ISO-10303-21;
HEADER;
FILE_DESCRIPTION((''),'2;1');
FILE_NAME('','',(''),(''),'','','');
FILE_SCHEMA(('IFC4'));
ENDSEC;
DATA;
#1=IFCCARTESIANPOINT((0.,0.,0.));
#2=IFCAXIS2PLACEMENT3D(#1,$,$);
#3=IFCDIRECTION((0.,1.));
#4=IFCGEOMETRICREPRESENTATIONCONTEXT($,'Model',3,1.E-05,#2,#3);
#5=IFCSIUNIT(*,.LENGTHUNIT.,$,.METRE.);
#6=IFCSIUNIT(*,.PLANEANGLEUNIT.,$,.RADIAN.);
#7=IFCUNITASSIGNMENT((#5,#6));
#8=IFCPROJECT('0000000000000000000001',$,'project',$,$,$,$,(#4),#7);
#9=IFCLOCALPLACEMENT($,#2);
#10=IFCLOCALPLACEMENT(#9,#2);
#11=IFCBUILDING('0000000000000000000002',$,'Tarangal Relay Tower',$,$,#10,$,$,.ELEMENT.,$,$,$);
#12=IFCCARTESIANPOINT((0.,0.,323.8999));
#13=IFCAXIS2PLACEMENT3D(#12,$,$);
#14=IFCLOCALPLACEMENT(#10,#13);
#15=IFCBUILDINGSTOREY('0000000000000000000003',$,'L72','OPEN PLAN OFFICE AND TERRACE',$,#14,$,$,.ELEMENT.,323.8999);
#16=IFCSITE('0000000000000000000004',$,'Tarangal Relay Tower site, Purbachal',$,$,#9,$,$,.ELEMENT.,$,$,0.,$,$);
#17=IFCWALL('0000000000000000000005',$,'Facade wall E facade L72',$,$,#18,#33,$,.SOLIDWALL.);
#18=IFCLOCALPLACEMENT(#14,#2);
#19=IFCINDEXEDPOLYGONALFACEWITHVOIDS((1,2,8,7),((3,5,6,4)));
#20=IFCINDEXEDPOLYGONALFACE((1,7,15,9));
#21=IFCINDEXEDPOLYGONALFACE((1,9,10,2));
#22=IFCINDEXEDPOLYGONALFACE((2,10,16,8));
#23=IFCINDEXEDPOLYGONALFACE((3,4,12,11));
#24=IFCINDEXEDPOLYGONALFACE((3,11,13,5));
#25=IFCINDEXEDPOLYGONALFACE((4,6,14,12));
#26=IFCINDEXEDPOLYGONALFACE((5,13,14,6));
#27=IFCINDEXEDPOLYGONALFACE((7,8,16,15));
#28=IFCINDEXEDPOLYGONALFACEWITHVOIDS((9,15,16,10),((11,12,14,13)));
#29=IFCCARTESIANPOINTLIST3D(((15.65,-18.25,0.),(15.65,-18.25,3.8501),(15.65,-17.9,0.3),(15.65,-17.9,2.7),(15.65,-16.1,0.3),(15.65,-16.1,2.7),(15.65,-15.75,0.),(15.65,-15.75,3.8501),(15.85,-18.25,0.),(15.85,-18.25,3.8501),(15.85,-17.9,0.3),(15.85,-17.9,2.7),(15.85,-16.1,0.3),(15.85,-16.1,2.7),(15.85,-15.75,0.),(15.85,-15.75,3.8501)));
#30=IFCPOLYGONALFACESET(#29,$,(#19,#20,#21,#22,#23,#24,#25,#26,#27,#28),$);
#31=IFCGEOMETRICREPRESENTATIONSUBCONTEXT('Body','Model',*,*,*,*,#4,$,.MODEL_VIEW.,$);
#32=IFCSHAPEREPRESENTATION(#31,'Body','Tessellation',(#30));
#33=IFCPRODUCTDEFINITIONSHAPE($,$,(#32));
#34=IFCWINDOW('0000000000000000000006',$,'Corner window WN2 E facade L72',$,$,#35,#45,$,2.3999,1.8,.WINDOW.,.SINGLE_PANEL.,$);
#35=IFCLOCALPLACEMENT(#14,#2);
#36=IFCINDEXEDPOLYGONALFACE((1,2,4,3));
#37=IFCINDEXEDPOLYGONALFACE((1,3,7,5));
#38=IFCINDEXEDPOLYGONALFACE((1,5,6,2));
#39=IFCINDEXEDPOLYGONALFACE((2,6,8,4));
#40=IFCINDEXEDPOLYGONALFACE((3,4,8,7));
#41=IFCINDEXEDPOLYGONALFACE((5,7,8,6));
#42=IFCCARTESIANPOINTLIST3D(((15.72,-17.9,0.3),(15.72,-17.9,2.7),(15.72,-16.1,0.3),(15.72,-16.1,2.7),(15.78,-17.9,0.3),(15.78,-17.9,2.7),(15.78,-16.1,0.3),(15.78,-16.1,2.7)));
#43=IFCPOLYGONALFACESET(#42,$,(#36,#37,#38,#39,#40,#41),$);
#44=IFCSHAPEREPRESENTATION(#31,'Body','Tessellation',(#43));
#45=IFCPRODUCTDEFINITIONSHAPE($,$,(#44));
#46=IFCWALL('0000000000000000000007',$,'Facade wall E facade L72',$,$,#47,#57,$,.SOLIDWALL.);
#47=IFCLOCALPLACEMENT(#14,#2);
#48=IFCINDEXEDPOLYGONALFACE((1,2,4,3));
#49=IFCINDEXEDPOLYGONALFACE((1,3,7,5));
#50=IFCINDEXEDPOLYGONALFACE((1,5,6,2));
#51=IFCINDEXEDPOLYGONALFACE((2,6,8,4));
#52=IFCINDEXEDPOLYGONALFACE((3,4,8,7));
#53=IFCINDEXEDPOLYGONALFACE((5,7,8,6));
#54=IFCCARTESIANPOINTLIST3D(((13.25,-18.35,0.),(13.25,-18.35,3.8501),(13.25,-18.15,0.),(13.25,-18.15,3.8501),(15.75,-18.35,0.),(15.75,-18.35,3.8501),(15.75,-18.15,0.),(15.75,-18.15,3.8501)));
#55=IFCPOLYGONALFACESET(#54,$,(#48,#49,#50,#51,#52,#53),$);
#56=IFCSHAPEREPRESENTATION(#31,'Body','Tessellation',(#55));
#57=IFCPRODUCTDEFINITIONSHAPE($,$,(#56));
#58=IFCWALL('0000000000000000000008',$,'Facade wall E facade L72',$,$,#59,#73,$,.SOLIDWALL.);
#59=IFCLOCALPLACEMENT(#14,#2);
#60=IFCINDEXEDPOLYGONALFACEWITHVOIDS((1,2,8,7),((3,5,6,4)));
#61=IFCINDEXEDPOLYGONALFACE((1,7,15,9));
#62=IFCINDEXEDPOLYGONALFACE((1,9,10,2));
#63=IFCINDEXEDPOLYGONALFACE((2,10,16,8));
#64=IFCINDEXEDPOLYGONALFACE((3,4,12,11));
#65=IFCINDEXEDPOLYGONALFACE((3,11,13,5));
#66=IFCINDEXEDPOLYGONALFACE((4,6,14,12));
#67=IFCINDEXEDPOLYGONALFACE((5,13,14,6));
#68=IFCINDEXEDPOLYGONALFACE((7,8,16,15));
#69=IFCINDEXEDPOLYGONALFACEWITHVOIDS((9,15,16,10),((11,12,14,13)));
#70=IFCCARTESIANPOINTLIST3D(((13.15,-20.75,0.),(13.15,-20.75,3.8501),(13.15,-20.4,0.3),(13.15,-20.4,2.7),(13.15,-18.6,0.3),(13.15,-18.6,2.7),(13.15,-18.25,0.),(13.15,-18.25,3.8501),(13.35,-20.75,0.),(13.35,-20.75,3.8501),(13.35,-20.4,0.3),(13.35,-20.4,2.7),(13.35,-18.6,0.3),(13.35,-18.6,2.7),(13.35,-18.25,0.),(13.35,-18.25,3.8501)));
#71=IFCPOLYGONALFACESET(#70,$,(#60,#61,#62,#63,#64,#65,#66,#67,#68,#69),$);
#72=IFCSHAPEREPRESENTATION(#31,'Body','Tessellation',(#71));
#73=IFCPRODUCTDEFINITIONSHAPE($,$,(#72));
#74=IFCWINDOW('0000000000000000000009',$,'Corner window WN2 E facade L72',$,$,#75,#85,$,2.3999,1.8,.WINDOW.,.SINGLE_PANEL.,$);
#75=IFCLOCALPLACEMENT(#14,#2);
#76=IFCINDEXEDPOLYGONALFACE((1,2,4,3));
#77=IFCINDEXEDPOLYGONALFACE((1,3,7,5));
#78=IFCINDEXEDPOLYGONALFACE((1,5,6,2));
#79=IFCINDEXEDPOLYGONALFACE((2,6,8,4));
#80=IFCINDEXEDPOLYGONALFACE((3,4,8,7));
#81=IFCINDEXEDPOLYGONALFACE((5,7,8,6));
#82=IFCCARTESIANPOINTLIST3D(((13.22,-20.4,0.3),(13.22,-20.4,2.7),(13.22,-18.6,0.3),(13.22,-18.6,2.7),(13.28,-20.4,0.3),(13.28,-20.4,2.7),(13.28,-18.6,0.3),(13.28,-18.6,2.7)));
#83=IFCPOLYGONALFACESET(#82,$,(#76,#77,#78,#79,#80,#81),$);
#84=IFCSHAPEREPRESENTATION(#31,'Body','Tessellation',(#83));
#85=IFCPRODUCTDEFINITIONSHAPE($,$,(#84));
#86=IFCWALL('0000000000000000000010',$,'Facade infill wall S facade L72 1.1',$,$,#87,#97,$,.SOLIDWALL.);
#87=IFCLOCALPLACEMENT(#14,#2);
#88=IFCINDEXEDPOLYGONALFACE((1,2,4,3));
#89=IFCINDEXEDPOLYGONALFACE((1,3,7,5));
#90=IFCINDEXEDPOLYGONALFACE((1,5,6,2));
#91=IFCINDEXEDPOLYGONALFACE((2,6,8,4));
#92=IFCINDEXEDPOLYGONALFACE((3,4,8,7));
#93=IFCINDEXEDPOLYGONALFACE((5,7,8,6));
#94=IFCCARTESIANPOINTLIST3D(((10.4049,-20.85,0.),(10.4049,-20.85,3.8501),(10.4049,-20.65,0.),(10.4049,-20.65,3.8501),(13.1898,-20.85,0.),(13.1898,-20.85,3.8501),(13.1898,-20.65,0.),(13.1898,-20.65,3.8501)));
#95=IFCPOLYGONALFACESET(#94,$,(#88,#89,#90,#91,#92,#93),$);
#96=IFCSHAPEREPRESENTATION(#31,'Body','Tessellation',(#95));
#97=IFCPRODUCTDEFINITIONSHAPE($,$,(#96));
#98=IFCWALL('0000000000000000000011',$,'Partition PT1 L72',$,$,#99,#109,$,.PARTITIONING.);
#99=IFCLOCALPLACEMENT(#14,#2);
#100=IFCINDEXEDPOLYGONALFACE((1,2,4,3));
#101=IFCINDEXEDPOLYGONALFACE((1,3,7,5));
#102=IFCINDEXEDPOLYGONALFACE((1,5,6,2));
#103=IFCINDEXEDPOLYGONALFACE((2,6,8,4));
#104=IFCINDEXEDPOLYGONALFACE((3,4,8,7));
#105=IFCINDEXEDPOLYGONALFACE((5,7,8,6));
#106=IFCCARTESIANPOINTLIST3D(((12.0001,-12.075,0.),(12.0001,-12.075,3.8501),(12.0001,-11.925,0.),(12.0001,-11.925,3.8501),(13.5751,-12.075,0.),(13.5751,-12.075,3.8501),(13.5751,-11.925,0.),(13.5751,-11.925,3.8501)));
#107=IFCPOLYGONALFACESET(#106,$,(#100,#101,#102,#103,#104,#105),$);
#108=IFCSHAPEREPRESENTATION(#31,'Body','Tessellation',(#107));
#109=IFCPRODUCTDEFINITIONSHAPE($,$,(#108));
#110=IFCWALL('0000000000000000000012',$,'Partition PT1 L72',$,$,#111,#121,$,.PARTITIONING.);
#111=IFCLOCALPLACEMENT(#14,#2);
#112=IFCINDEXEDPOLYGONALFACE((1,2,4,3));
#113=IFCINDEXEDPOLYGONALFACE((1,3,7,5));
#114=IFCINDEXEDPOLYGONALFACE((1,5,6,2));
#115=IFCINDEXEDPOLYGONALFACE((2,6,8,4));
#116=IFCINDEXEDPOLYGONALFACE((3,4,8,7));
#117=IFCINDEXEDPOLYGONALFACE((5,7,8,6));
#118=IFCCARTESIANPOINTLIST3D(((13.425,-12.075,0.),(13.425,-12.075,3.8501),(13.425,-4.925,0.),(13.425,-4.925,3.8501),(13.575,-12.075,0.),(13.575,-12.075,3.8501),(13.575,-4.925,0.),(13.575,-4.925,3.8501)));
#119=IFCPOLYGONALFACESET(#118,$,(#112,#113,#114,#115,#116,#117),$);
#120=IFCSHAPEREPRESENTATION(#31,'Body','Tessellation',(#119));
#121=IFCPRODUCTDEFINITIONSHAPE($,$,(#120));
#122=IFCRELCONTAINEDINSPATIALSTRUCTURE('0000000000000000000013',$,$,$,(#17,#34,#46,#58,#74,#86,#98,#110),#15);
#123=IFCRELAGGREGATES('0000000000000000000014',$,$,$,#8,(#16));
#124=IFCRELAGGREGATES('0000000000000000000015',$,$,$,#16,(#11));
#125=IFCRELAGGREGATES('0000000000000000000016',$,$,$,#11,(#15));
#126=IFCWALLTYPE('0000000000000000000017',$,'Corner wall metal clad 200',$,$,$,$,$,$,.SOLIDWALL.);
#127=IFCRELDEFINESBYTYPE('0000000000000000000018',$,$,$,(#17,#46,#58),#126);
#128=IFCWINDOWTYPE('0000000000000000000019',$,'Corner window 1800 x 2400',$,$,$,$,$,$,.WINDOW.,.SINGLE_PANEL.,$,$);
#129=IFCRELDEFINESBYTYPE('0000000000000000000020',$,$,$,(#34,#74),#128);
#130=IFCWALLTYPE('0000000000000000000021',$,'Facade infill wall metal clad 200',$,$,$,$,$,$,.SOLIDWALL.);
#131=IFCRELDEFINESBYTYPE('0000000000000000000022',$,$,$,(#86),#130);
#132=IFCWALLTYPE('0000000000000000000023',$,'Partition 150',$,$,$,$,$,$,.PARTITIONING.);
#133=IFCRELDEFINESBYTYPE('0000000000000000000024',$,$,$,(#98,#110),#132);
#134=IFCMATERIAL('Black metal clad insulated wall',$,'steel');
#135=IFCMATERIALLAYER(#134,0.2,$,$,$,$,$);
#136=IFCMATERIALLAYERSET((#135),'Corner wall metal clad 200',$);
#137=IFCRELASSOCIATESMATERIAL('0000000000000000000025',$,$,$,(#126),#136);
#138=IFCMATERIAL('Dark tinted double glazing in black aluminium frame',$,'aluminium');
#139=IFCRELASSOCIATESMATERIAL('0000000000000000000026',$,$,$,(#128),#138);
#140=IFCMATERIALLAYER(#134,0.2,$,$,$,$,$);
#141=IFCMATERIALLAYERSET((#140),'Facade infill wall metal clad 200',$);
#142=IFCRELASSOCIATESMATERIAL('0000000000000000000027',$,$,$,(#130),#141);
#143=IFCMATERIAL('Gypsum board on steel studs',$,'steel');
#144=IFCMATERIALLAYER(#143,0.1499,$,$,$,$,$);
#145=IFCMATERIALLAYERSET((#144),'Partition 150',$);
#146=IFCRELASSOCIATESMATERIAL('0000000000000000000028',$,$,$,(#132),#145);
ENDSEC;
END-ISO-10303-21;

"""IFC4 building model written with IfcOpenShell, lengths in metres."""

from ifc_helpers import new_model, si_unit, direction, frame, frame_2d, origin, place, context, subcontext, project, spatial, rectangle, extrude, material, layer, layer_set, type_object, element, fill, save


model = new_model("IFC4")

# Units and contexts
model_context = context("Model", 3, precision=1e-05, world=origin(), true_north=direction((0.0, 1.0)))
body_context = subcontext(model_context, "Body", "Model", "MODEL_VIEW")
ifc_project = project(units=[si_unit("LENGTHUNIT", "METRE"), si_unit("PLANEANGLEUNIT", "RADIAN")], contexts=[model_context])

# Site, building, storey
site_placement = place(None, origin())
site = spatial("IfcSite", under=ifc_project, at=site_placement, Name="Tarangal Relay Tower site, Purbachal", CompositionType="ELEMENT", RefElevation=0.0)
building_placement = place(site_placement, origin())
building = spatial("IfcBuilding", under=site, at=building_placement, Name="Tarangal Relay Tower", CompositionType="ELEMENT")
storey_placement = place(building_placement, frame((0.0, 0.0, 323.8999)))
storey = spatial("IfcBuildingStorey", under=building, at=storey_placement, Name="L72", Description="OPEN PLAN OFFICE AND TERRACE", CompositionType="ELEMENT", Elevation=323.8999)

# Shared definitions
ifc_material_1 = material(Name="Black metal clad insulated wall", Category="steel")
ifc_layer_1 = layer(ifc_material_1, 0.2)
ifc_layer_set_1 = layer_set([ifc_layer_1], Name="Corner wall metal clad 200")
wall_type_1 = type_object("IfcWallType", Name="Corner wall metal clad 200", PredefinedType="SOLIDWALL", material=ifc_layer_set_1)

# Shared definitions
ifc_material_2 = material(Name="Dark tinted double glazing in black aluminium frame", Category="aluminium")
window_type = type_object("IfcWindowType", Name="Corner window 1800 x 2400", PartitioningType="SINGLE_PANEL", PredefinedType="WINDOW", material=ifc_material_2)

# Wall, opening, window
wall_1_placement = place(storey_placement, frame((15.75, -15.75, 0.0), z_axis=(0.0, 0.0, 1.0), x_axis=(0.0, -1.0, 0.0)))
wall_1 = element("IfcWall", 1, at=wall_1_placement, inside=storey, type_object=wall_type_1, Name="Facade wall E facade L72", PredefinedType="SOLIDWALL", context=body_context, shape_type="SweptSolid", body=[
    extrude(rectangle(XDim=2.5, YDim=0.2, at=frame_2d((1.25, 0.0))), origin(), (0.0, 0.0, 1.0), 3.8501),
])
opening_1_placement = place(wall_1_placement, frame((0.3501, 0.0, 0.3)))
opening_1 = element("IfcOpeningElement", 2, at=opening_1_placement, cuts=wall_1, PredefinedType="OPENING", context=body_context, shape_type="SweptSolid", body=[
    extrude(rectangle(XDim=1.8, YDim=2.3999, at=frame_2d((0.8999, 1.2))), frame((0.0, 0.1099, 0.0), z_axis=(0.0, -1.0, 0.0), x_axis=(1.0, 0.0, 0.0)), (0.0, 0.0, 1.0), 0.22),
])
window_1_placement = place(opening_1_placement, origin())
window_1 = element("IfcWindow", 3, at=window_1_placement, inside=storey, type_object=window_type, Name="Corner window WN2 E facade L72", OverallHeight=2.3999, OverallWidth=1.8, PartitioningType="SINGLE_PANEL", PredefinedType="WINDOW", context=body_context, shape_type="SweptSolid", body=[
    extrude(rectangle(XDim=1.8, YDim=2.3999, at=frame_2d((0.8999, 1.2))), frame((0.0, 0.03, 0.0), z_axis=(0.0, -1.0, 0.0), x_axis=(1.0, 0.0, 0.0)), (0.0, 0.0, 1.0), 0.0601),
])
fill(opening_1, window_1)

# Wall
wall_2_placement = place(storey_placement, frame((15.75, -18.25, 0.0), z_axis=(0.0, 0.0, 1.0), x_axis=(-1.0, 0.0, 0.0)))
element("IfcWall", 4, at=wall_2_placement, inside=storey, type_object=wall_type_1, Name="Facade wall E facade L72", PredefinedType="SOLIDWALL", context=body_context, shape_type="SweptSolid", body=[
    extrude(rectangle(XDim=2.5, YDim=0.2, at=frame_2d((1.25, 0.0))), origin(), (0.0, 0.0, 1.0), 3.8501),
])

# Wall, opening, window
wall_3_placement = place(storey_placement, frame((13.25, -18.25, 0.0), z_axis=(0.0, 0.0, 1.0), x_axis=(0.0, -1.0, 0.0)))
wall_3 = element("IfcWall", 5, at=wall_3_placement, inside=storey, type_object=wall_type_1, Name="Facade wall E facade L72", PredefinedType="SOLIDWALL", context=body_context, shape_type="SweptSolid", body=[
    extrude(rectangle(XDim=2.5, YDim=0.2, at=frame_2d((1.25, 0.0))), origin(), (0.0, 0.0, 1.0), 3.8501),
])
opening_2_placement = place(wall_3_placement, frame((0.3501, 0.0, 0.3)))
opening_2 = element("IfcOpeningElement", 6, at=opening_2_placement, cuts=wall_3, PredefinedType="OPENING", context=body_context, shape_type="SweptSolid", body=[
    extrude(rectangle(XDim=1.8, YDim=2.3999, at=frame_2d((0.8999, 1.2))), frame((0.0, 0.1099, 0.0), z_axis=(0.0, -1.0, 0.0), x_axis=(1.0, 0.0, 0.0)), (0.0, 0.0, 1.0), 0.22),
])
window_2_placement = place(opening_2_placement, origin())
window_2 = element("IfcWindow", 7, at=window_2_placement, inside=storey, type_object=window_type, Name="Corner window WN2 E facade L72", OverallHeight=2.3999, OverallWidth=1.8, PartitioningType="SINGLE_PANEL", PredefinedType="WINDOW", context=body_context, shape_type="SweptSolid", body=[
    extrude(rectangle(XDim=1.8, YDim=2.3999, at=frame_2d((0.8999, 1.2))), frame((0.0, 0.03, 0.0), z_axis=(0.0, -1.0, 0.0), x_axis=(1.0, 0.0, 0.0)), (0.0, 0.0, 1.0), 0.0601),
])
fill(opening_2, window_2)

# Walls
ifc_layer_2 = layer(ifc_material_1, 0.2)
ifc_layer_set_2 = layer_set([ifc_layer_2], Name="Facade infill wall metal clad 200")
wall_type_2 = type_object("IfcWallType", Name="Facade infill wall metal clad 200", PredefinedType="SOLIDWALL", material=ifc_layer_set_2)
wall_4_placement = place(storey_placement, frame((13.1899, -20.75, 0.0), z_axis=(0.0, 0.0, 1.0), x_axis=(-1.0, 0.0, 0.0)))
element("IfcWall", 8, at=wall_4_placement, inside=storey, type_object=wall_type_2, Name="Facade infill wall S facade L72 1.1", PredefinedType="SOLIDWALL", context=body_context, shape_type="SweptSolid", body=[
    extrude(rectangle(XDim=2.7849, YDim=0.2, at=frame_2d((1.3926, 0.0))), origin(), (0.0, 0.0, 1.0), 3.8501),
])
ifc_material_3 = material(Name="Gypsum board on steel studs", Category="steel")
ifc_layer_3 = layer(ifc_material_3, 0.1499)
ifc_layer_set_3 = layer_set([ifc_layer_3], Name="Partition 150")
wall_type_3 = type_object("IfcWallType", Name="Partition 150", PredefinedType="PARTITIONING", material=ifc_layer_set_3)
wall_5_placement = place(storey_placement, frame((12.0, -12.0, 0.0), z_axis=(0.0, 0.0, 1.0), x_axis=(1.0, 0.0, 0.0)))
element("IfcWall", 9, at=wall_5_placement, inside=storey, type_object=wall_type_3, Name="Partition PT1 L72", PredefinedType="PARTITIONING", context=body_context, shape_type="SweptSolid", body=[
    extrude(rectangle(XDim=1.575, YDim=0.1499, at=frame_2d((0.7876, 0.0))), origin(), (0.0, 0.0, 1.0), 3.8501),
])
wall_6_placement = place(storey_placement, frame((13.5, -12.075, 0.0), z_axis=(0.0, 0.0, 1.0), x_axis=(0.0, 1.0, 0.0)))
element("IfcWall", 10, at=wall_6_placement, inside=storey, type_object=wall_type_3, Name="Partition PT1 L72", PredefinedType="PARTITIONING", context=body_context, shape_type="SweptSolid", body=[
    extrude(rectangle(XDim=7.1499, YDim=0.1499, at=frame_2d((3.575, 0.0))), origin(), (0.0, 0.0, 1.0), 3.8501),
])

save(model, "model.ifc")
